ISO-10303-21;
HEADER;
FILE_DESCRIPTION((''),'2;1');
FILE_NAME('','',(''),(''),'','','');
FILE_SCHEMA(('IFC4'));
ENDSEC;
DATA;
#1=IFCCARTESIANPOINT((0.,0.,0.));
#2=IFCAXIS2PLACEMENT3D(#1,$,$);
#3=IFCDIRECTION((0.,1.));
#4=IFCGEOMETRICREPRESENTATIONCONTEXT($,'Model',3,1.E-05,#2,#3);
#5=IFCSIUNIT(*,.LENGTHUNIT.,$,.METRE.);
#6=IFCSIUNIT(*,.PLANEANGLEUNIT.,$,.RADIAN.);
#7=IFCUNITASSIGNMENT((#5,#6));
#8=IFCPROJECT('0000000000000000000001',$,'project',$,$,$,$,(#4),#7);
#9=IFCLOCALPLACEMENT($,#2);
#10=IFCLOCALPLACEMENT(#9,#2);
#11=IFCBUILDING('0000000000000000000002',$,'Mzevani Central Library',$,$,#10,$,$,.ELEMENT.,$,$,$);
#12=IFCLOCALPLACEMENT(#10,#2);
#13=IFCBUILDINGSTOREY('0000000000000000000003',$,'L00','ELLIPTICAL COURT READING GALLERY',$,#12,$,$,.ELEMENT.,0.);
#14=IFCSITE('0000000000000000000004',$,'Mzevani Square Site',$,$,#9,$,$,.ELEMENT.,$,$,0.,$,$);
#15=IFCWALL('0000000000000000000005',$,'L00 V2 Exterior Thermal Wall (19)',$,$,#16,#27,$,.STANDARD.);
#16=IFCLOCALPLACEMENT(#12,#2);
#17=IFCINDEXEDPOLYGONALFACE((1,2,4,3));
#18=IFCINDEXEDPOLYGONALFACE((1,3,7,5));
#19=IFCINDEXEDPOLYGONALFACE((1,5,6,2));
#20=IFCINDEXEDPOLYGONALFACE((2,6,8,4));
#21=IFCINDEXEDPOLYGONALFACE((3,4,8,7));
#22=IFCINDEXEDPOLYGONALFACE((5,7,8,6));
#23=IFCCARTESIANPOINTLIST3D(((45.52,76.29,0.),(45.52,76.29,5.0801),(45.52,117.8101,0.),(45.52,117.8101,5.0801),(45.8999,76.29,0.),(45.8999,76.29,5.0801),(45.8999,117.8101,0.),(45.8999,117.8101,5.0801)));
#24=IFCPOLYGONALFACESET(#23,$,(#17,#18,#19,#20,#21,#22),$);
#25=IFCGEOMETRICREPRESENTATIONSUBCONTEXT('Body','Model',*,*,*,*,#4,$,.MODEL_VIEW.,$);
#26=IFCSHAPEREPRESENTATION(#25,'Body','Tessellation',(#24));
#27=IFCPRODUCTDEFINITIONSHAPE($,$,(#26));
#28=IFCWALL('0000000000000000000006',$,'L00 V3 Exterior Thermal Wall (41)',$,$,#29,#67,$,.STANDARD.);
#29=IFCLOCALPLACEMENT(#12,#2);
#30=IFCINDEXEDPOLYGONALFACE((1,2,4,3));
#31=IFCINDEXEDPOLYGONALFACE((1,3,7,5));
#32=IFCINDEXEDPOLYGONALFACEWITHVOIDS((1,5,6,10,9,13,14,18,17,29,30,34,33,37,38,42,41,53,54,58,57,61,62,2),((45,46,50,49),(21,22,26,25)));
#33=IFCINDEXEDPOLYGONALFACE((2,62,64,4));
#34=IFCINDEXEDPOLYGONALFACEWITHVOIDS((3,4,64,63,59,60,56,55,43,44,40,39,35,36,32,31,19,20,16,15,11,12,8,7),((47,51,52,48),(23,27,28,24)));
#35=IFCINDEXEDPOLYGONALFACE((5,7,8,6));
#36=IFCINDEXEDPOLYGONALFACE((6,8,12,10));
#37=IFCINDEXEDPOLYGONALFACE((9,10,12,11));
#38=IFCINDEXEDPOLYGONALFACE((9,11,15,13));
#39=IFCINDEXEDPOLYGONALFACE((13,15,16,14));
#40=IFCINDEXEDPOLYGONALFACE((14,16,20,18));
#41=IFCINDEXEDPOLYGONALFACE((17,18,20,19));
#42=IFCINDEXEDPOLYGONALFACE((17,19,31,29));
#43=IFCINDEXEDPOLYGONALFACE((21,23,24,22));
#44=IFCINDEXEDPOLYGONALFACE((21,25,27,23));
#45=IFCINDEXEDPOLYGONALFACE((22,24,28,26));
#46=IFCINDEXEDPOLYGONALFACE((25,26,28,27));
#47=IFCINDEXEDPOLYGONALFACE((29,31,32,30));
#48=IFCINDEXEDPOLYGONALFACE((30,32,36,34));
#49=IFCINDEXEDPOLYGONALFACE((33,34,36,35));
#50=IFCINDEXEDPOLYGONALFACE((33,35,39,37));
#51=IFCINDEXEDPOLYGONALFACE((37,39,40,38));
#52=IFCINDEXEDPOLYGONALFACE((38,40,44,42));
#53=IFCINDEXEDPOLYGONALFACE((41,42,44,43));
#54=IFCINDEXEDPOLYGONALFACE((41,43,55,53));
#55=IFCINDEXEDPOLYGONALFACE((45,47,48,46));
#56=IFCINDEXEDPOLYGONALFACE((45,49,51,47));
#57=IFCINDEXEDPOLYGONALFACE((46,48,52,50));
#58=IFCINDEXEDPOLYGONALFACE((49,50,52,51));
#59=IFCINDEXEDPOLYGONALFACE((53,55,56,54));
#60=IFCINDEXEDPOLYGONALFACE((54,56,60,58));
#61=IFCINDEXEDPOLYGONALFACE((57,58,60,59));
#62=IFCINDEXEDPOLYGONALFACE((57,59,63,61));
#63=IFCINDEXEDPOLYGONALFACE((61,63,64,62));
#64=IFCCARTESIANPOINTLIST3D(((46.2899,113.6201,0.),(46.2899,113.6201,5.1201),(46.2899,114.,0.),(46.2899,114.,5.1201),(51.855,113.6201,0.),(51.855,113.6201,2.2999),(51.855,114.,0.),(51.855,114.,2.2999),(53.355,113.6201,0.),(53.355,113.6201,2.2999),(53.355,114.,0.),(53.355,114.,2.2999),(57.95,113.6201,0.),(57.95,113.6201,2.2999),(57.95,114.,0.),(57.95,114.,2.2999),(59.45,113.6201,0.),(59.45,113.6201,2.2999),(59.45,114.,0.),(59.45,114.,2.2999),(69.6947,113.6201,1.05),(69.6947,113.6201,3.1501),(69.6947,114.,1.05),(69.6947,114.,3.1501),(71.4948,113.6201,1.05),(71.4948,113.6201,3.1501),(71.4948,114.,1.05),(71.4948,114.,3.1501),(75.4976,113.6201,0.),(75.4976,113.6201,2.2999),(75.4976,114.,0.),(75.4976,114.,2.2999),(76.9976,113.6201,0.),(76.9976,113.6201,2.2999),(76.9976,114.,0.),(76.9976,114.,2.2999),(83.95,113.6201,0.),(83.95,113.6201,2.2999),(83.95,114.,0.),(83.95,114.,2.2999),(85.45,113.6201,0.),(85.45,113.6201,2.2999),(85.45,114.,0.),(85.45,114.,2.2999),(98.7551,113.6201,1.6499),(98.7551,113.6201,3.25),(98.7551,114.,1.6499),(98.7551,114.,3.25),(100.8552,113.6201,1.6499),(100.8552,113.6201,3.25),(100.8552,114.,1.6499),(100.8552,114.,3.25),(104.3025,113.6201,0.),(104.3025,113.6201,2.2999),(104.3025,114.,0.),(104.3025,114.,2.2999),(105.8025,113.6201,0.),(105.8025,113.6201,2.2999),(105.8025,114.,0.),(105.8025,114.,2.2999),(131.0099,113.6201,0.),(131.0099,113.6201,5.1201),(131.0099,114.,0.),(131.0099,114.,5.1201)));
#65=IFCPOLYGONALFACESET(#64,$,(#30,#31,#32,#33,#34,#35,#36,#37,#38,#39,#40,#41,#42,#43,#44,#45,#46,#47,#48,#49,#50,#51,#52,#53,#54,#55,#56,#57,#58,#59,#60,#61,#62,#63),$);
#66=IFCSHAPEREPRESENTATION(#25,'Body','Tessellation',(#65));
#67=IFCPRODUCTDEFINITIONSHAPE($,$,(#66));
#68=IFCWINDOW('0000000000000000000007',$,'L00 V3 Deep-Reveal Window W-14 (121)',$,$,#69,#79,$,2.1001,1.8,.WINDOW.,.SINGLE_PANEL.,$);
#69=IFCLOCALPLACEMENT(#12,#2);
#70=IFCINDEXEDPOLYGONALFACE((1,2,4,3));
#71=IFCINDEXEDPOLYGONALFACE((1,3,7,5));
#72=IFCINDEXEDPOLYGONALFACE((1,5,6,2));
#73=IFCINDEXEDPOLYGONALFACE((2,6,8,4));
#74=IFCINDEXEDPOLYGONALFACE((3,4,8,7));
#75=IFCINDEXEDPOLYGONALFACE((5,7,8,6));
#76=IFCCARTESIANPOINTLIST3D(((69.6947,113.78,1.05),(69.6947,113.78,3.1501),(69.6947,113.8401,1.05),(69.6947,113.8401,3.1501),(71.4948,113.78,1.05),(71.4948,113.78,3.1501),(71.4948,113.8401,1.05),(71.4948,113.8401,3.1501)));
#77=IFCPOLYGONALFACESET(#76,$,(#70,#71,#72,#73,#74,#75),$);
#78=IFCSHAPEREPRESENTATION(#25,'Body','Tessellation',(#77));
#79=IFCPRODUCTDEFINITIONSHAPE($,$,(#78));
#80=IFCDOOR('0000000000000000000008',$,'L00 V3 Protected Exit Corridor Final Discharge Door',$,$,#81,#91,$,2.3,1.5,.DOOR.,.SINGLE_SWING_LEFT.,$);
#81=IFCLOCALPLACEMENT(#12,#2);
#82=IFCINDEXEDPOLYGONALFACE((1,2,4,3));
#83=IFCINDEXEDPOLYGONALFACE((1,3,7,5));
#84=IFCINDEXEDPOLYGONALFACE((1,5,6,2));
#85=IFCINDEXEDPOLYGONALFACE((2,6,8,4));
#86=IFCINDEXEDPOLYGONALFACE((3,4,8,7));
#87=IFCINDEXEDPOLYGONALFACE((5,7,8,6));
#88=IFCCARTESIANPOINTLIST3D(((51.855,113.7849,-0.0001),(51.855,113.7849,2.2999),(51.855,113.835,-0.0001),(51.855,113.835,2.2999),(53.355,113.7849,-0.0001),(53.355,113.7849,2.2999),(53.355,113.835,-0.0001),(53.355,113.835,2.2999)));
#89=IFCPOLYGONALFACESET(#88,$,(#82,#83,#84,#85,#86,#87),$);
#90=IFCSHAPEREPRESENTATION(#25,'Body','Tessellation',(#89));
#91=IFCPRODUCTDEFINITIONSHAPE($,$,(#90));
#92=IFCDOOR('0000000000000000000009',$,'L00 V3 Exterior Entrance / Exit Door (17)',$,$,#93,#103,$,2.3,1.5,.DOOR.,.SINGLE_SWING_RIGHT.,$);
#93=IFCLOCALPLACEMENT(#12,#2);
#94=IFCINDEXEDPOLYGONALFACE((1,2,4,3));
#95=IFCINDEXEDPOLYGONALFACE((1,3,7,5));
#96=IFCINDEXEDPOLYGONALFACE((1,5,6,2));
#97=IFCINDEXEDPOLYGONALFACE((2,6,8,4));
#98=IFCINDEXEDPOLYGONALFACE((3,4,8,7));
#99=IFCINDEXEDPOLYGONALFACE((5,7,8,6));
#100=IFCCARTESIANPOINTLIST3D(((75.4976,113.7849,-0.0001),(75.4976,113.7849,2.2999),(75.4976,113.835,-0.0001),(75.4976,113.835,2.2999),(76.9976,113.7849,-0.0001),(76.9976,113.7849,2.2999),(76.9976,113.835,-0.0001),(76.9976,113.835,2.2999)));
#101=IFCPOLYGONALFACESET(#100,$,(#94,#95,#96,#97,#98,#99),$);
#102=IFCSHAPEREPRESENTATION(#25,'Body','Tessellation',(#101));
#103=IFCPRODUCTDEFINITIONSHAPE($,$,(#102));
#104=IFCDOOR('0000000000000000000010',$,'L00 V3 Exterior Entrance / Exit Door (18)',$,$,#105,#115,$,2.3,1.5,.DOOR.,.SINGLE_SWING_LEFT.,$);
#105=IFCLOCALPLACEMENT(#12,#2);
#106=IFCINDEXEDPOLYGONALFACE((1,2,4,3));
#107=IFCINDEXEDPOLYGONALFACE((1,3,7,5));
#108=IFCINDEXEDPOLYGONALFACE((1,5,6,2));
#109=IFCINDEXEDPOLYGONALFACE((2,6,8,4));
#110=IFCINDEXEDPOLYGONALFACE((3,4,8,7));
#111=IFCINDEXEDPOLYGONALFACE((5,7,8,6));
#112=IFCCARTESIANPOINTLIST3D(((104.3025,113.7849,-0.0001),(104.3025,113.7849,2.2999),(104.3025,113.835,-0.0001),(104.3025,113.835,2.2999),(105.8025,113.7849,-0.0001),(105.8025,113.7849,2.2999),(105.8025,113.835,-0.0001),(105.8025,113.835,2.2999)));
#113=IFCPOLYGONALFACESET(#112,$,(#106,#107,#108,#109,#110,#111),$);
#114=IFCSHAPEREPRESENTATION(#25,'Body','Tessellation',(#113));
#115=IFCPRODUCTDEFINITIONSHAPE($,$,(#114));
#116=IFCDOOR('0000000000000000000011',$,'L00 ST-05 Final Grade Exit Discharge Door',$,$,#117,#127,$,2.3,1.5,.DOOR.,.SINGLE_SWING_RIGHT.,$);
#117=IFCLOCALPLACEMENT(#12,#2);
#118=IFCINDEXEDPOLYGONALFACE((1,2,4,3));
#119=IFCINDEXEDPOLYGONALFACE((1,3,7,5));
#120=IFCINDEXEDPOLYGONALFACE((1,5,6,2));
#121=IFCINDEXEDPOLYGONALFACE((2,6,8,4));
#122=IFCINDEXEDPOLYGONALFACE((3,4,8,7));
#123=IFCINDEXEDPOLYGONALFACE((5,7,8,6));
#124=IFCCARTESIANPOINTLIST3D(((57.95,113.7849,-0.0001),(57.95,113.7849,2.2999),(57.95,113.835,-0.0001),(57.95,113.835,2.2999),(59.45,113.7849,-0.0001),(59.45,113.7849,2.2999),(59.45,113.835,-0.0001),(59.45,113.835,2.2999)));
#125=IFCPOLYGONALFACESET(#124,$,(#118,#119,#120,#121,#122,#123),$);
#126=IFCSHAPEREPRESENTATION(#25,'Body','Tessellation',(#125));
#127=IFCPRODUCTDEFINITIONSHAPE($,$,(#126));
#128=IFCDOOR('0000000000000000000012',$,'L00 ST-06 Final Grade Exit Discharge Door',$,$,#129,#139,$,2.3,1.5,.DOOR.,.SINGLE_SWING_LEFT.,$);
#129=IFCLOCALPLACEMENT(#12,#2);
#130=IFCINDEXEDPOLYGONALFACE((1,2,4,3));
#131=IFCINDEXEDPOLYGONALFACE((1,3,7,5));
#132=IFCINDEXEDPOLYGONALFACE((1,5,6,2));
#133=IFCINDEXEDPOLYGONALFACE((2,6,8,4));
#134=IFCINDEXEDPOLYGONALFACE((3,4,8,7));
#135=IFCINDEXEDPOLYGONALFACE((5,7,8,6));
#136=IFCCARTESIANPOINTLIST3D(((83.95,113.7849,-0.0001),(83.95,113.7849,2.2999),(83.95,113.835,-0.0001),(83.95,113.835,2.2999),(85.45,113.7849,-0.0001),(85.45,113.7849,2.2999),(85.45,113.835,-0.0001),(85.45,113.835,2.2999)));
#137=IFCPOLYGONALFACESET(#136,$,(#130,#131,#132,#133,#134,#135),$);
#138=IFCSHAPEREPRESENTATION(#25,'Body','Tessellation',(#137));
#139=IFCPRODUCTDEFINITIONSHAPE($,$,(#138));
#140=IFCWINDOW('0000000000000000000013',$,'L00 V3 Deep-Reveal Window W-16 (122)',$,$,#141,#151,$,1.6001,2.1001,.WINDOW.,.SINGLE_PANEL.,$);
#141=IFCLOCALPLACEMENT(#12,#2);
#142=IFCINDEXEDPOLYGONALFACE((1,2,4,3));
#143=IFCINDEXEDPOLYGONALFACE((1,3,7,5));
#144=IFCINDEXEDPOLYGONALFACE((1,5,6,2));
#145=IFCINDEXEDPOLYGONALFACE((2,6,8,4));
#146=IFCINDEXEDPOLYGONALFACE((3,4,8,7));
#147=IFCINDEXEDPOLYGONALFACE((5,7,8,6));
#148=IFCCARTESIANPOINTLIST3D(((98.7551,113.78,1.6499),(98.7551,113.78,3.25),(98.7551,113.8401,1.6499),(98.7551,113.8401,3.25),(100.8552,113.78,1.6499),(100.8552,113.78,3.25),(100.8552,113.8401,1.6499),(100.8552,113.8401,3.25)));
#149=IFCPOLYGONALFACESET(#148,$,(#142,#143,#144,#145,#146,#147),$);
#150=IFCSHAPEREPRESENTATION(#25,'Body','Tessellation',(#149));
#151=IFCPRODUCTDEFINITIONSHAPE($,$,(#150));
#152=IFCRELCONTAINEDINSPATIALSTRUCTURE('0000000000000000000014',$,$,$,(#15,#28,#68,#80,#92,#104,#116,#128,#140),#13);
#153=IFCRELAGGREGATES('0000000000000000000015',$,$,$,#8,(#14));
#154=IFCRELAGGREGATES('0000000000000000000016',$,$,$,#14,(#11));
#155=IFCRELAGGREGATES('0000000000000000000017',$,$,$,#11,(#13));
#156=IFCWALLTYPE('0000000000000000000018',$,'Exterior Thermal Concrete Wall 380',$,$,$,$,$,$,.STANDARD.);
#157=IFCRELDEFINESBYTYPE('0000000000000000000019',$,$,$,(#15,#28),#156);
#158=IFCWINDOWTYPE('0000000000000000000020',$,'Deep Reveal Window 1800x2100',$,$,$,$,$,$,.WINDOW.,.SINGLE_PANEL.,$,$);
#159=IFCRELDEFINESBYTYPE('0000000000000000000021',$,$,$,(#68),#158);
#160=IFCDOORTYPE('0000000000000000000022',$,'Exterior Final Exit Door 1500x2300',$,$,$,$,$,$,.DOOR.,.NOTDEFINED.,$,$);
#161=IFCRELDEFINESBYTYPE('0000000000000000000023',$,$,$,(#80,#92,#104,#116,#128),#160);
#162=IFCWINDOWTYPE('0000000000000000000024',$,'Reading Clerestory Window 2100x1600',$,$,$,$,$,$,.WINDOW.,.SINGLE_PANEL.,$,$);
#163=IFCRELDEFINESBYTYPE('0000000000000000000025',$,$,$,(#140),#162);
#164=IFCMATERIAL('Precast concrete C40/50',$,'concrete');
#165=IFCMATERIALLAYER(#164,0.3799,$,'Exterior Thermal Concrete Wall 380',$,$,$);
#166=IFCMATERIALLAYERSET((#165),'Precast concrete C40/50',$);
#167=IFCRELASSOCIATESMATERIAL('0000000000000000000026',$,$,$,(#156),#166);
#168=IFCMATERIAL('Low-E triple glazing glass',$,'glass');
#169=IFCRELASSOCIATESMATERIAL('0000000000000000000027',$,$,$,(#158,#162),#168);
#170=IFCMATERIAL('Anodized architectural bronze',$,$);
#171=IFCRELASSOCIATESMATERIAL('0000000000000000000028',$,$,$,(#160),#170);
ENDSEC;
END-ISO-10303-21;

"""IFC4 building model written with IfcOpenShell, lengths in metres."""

from ifc_helpers import new_model, si_unit, direction, frame, frame_2d, origin, place, context, subcontext, project, spatial, rectangle, extrude, material, layer, layer_set, type_object, element, fill, save


model = new_model("IFC4")

# Units and contexts
model_context = context("Model", 3, precision=1e-05, world=origin(), true_north=direction((0.0, 1.0)))
body_context = subcontext(model_context, "Body", "Model", "MODEL_VIEW")
ifc_project = project(units=[si_unit("LENGTHUNIT", "METRE"), si_unit("PLANEANGLEUNIT", "RADIAN")], contexts=[model_context])

# Site, building, storey
site_placement = place(None, origin())
site = spatial("IfcSite", under=ifc_project, at=site_placement, Name="Mzevani Square Site", CompositionType="ELEMENT", RefElevation=0.0)
building_placement = place(site_placement, origin())
building = spatial("IfcBuilding", under=site, at=building_placement, Name="Mzevani Central Library", CompositionType="ELEMENT")
storey_placement = place(building_placement, origin())
storey = spatial("IfcBuildingStorey", under=building, at=storey_placement, Name="L00", Description="ELLIPTICAL COURT READING GALLERY", CompositionType="ELEMENT", Elevation=0.0)

# Wall
ifc_material_1 = material(Name="Precast concrete C40/50", Category="concrete")
ifc_layer_1 = layer(ifc_material_1, 0.3799, Name="Exterior Thermal Concrete Wall 380")
ifc_layer_set_1 = layer_set([ifc_layer_1], Name="Precast concrete C40/50")
wall_type_1 = type_object("IfcWallType", Name="Exterior Thermal Concrete Wall 380", PredefinedType="STANDARD", material=ifc_layer_set_1)
wall_1_placement = place(storey_placement, frame((45.71, 117.8101, 0.0), z_axis=(0.0, 0.0, 1.0), x_axis=(0.0, -1.0, 0.0)))
element("IfcWall", 1, at=wall_1_placement, inside=storey, type_object=wall_type_1, Name="L00 V2 Exterior Thermal Wall (19)", PredefinedType="STANDARD", context=body_context, shape_type="SweptSolid", body=[
    extrude(rectangle(XDim=41.52, YDim=0.3799, at=frame_2d((20.76, 0.0))), origin(), (0.0, 0.0, 1.0), 5.0801),
])

# Wall, openings, windows, doors
wall_2_placement = place(storey_placement, frame((46.29, 113.8101, 0.0), z_axis=(0.0, 0.0, 1.0), x_axis=(1.0, 0.0, 0.0)))
wall_2 = element("IfcWall", 2, at=wall_2_placement, inside=storey, type_object=wall_type_1, Name="L00 V3 Exterior Thermal Wall (41)", PredefinedType="STANDARD", context=body_context, shape_type="SweptSolid", body=[
    extrude(rectangle(XDim=84.72, YDim=0.3799, at=frame_2d((42.3599, 0.0))), origin(), (0.0, 0.0, 1.0), 5.1201),
])
opening_1_placement = place(wall_2_placement, frame((5.5649, 0.0, 0.0)))
opening_1 = element("IfcOpeningElement", 3, at=opening_1_placement, cuts=wall_2, PredefinedType="OPENING", context=body_context, shape_type="SweptSolid", body=[
    extrude(rectangle(XDim=1.5, YDim=2.3, at=frame_2d((0.75, 1.1499))), frame((0.0, 0.2, 0.0), z_axis=(0.0, -1.0, 0.0), x_axis=(1.0, 0.0, 0.0)), (0.0, 0.0, 1.0), 0.3999),
])
opening_2_placement = place(wall_2_placement, frame((29.2075, 0.0, 0.0)))
opening_2 = element("IfcOpeningElement", 4, at=opening_2_placement, cuts=wall_2, PredefinedType="OPENING", context=body_context, shape_type="SweptSolid", body=[
    extrude(rectangle(XDim=1.5, YDim=2.3, at=frame_2d((0.75, 1.1499))), frame((0.0, 0.2, 0.0), z_axis=(0.0, -1.0, 0.0), x_axis=(1.0, 0.0, 0.0)), (0.0, 0.0, 1.0), 0.3999),
])
opening_3_placement = place(wall_2_placement, frame((58.0125, 0.0, 0.0)))
opening_3 = element("IfcOpeningElement", 5, at=opening_3_placement, cuts=wall_2, PredefinedType="OPENING", context=body_context, shape_type="SweptSolid", body=[
    extrude(rectangle(XDim=1.5, YDim=2.3, at=frame_2d((0.75, 1.1499))), frame((0.0, 0.2, 0.0), z_axis=(0.0, -1.0, 0.0), x_axis=(1.0, 0.0, 0.0)), (0.0, 0.0, 1.0), 0.3999),
])
opening_4_placement = place(wall_2_placement, frame((23.4048, 0.0, 1.05)))
opening_4 = element("IfcOpeningElement", 6, at=opening_4_placement, cuts=wall_2, PredefinedType="OPENING", context=body_context, shape_type="SweptSolid", body=[
    extrude(rectangle(XDim=1.8, YDim=2.1001, at=frame_2d((0.8999, 1.05))), frame((0.0, 0.2, 0.0), z_axis=(0.0, -1.0, 0.0), x_axis=(1.0, 0.0, 0.0)), (0.0, 0.0, 1.0), 0.3999),
])
opening_5_placement = place(wall_2_placement, frame((52.4651, 0.0, 1.6499)))
opening_5 = element("IfcOpeningElement", 7, at=opening_5_placement, cuts=wall_2, PredefinedType="OPENING", context=body_context, shape_type="SweptSolid", body=[
    extrude(rectangle(XDim=2.1001, YDim=1.6001, at=frame_2d((1.05, 0.8))), frame((0.0, 0.2, 0.0), z_axis=(0.0, -1.0, 0.0), x_axis=(1.0, 0.0, 0.0)), (0.0, 0.0, 1.0), 0.3999),
])
opening_6_placement = place(wall_2_placement, frame((11.6599, 0.0, 0.0)))
opening_6 = element("IfcOpeningElement", 8, at=opening_6_placement, cuts=wall_2, PredefinedType="OPENING", context=body_context, shape_type="SweptSolid", body=[
    extrude(rectangle(XDim=1.5, YDim=2.3, at=frame_2d((0.75, 1.1499))), frame((0.0, 0.2, 0.0), z_axis=(0.0, -1.0, 0.0), x_axis=(1.0, 0.0, 0.0)), (0.0, 0.0, 1.0), 0.3999),
])
opening_7_placement = place(wall_2_placement, frame((37.6599, 0.0, 0.0)))
opening_7 = element("IfcOpeningElement", 9, at=opening_7_placement, cuts=wall_2, PredefinedType="OPENING", context=body_context, shape_type="SweptSolid", body=[
    extrude(rectangle(XDim=1.5, YDim=2.3, at=frame_2d((0.75, 1.1499))), frame((0.0, 0.2, 0.0), z_axis=(0.0, -1.0, 0.0), x_axis=(1.0, 0.0, 0.0)), (0.0, 0.0, 1.0), 0.3999),
])
ifc_material_2 = material(Name="Low-E triple glazing glass", Category="glass")
window_type_1 = type_object("IfcWindowType", Name="Deep Reveal Window 1800x2100", PartitioningType="SINGLE_PANEL", PredefinedType="WINDOW", material=ifc_material_2)
window_1_placement = place(opening_4_placement, origin())
window_1 = element("IfcWindow", 10, at=window_1_placement, inside=storey, type_object=window_type_1, Name="L00 V3 Deep-Reveal Window W-14 (121)", OverallHeight=2.1001, OverallWidth=1.8, PartitioningType="SINGLE_PANEL", PredefinedType="WINDOW", context=body_context, shape_type="SweptSolid", body=[
    extrude(rectangle(XDim=1.8, YDim=2.1001, at=frame_2d((0.8999, 1.05))), frame((0.0, 0.03, 0.0), z_axis=(0.0, -1.0, 0.0), x_axis=(1.0, 0.0, 0.0)), (0.0, 0.0, 1.0), 0.0601),
])
fill(opening_4, window_1)
ifc_material_3 = material(Name="Anodized architectural bronze")
door_type_1 = type_object("IfcDoorType", Name="Exterior Final Exit Door 1500x2300", OperationType="NOTDEFINED", PredefinedType="DOOR", material=ifc_material_3)
door_1_placement = place(opening_1_placement, origin())
door_1 = element("IfcDoor", 11, at=door_1_placement, inside=storey, type_object=door_type_1, Name="L00 V3 Protected Exit Corridor Final Discharge Door", OperationType="SINGLE_SWING_LEFT", OverallHeight=2.3, OverallWidth=1.5, PredefinedType="DOOR", context=body_context, shape_type="SweptSolid", body=[
    extrude(rectangle(XDim=1.5, YDim=2.3, at=frame_2d((0.75, 1.1499))), frame((0.0, 0.0249, 0.0), z_axis=(0.0, -1.0, 0.0), x_axis=(1.0, 0.0, 0.0)), (0.0, 0.0, 1.0), 0.05),
])
fill(opening_1, door_1)
door_2_placement = place(opening_2_placement, origin())
door_2 = element("IfcDoor", 12, at=door_2_placement, inside=storey, type_object=door_type_1, Name="L00 V3 Exterior Entrance / Exit Door (17)", OperationType="SINGLE_SWING_RIGHT", OverallHeight=2.3, OverallWidth=1.5, PredefinedType="DOOR", context=body_context, shape_type="SweptSolid", body=[
    extrude(rectangle(XDim=1.5, YDim=2.3, at=frame_2d((0.75, 1.1499))), frame((0.0, 0.0249, 0.0), z_axis=(0.0, -1.0, 0.0), x_axis=(1.0, 0.0, 0.0)), (0.0, 0.0, 1.0), 0.05),
])
fill(opening_2, door_2)
door_3_placement = place(opening_3_placement, origin())
door_3 = element("IfcDoor", 13, at=door_3_placement, inside=storey, type_object=door_type_1, Name="L00 V3 Exterior Entrance / Exit Door (18)", OperationType="SINGLE_SWING_LEFT", OverallHeight=2.3, OverallWidth=1.5, PredefinedType="DOOR", context=body_context, shape_type="SweptSolid", body=[
    extrude(rectangle(XDim=1.5, YDim=2.3, at=frame_2d((0.75, 1.1499))), frame((0.0, 0.0249, 0.0), z_axis=(0.0, -1.0, 0.0), x_axis=(1.0, 0.0, 0.0)), (0.0, 0.0, 1.0), 0.05),
])
fill(opening_3, door_3)
door_4_placement = place(opening_6_placement, origin())
door_4 = element("IfcDoor", 14, at=door_4_placement, inside=storey, type_object=door_type_1, Name="L00 ST-05 Final Grade Exit Discharge Door", OperationType="SINGLE_SWING_RIGHT", OverallHeight=2.3, OverallWidth=1.5, PredefinedType="DOOR", context=body_context, shape_type="SweptSolid", body=[
    extrude(rectangle(XDim=1.5, YDim=2.3, at=frame_2d((0.75, 1.1499))), frame((0.0, 0.0249, 0.0), z_axis=(0.0, -1.0, 0.0), x_axis=(1.0, 0.0, 0.0)), (0.0, 0.0, 1.0), 0.05),
])
fill(opening_6, door_4)
door_5_placement = place(opening_7_placement, origin())
door_5 = element("IfcDoor", 15, at=door_5_placement, inside=storey, type_object=door_type_1, Name="L00 ST-06 Final Grade Exit Discharge Door", OperationType="SINGLE_SWING_LEFT", OverallHeight=2.3, OverallWidth=1.5, PredefinedType="DOOR", context=body_context, shape_type="SweptSolid", body=[
    extrude(rectangle(XDim=1.5, YDim=2.3, at=frame_2d((0.75, 1.1499))), frame((0.0, 0.0249, 0.0), z_axis=(0.0, -1.0, 0.0), x_axis=(1.0, 0.0, 0.0)), (0.0, 0.0, 1.0), 0.05),
])
fill(opening_7, door_5)
window_type_2 = type_object("IfcWindowType", Name="Reading Clerestory Window 2100x1600", PartitioningType="SINGLE_PANEL", PredefinedType="WINDOW", material=ifc_material_2)
window_2_placement = place(opening_5_placement, origin())
window_2 = element("IfcWindow", 16, at=window_2_placement, inside=storey, type_object=window_type_2, Name="L00 V3 Deep-Reveal Window W-16 (122)", OverallHeight=1.6001, OverallWidth=2.1001, PartitioningType="SINGLE_PANEL", PredefinedType="WINDOW", context=body_context, shape_type="SweptSolid", body=[
    extrude(rectangle(XDim=2.1001, YDim=1.6001, at=frame_2d((1.05, 0.8))), frame((0.0, 0.03, 0.0), z_axis=(0.0, -1.0, 0.0), x_axis=(1.0, 0.0, 0.0)), (0.0, 0.0, 1.0), 0.0601),
])
fill(opening_5, window_2)

save(model, "model.ifc")
